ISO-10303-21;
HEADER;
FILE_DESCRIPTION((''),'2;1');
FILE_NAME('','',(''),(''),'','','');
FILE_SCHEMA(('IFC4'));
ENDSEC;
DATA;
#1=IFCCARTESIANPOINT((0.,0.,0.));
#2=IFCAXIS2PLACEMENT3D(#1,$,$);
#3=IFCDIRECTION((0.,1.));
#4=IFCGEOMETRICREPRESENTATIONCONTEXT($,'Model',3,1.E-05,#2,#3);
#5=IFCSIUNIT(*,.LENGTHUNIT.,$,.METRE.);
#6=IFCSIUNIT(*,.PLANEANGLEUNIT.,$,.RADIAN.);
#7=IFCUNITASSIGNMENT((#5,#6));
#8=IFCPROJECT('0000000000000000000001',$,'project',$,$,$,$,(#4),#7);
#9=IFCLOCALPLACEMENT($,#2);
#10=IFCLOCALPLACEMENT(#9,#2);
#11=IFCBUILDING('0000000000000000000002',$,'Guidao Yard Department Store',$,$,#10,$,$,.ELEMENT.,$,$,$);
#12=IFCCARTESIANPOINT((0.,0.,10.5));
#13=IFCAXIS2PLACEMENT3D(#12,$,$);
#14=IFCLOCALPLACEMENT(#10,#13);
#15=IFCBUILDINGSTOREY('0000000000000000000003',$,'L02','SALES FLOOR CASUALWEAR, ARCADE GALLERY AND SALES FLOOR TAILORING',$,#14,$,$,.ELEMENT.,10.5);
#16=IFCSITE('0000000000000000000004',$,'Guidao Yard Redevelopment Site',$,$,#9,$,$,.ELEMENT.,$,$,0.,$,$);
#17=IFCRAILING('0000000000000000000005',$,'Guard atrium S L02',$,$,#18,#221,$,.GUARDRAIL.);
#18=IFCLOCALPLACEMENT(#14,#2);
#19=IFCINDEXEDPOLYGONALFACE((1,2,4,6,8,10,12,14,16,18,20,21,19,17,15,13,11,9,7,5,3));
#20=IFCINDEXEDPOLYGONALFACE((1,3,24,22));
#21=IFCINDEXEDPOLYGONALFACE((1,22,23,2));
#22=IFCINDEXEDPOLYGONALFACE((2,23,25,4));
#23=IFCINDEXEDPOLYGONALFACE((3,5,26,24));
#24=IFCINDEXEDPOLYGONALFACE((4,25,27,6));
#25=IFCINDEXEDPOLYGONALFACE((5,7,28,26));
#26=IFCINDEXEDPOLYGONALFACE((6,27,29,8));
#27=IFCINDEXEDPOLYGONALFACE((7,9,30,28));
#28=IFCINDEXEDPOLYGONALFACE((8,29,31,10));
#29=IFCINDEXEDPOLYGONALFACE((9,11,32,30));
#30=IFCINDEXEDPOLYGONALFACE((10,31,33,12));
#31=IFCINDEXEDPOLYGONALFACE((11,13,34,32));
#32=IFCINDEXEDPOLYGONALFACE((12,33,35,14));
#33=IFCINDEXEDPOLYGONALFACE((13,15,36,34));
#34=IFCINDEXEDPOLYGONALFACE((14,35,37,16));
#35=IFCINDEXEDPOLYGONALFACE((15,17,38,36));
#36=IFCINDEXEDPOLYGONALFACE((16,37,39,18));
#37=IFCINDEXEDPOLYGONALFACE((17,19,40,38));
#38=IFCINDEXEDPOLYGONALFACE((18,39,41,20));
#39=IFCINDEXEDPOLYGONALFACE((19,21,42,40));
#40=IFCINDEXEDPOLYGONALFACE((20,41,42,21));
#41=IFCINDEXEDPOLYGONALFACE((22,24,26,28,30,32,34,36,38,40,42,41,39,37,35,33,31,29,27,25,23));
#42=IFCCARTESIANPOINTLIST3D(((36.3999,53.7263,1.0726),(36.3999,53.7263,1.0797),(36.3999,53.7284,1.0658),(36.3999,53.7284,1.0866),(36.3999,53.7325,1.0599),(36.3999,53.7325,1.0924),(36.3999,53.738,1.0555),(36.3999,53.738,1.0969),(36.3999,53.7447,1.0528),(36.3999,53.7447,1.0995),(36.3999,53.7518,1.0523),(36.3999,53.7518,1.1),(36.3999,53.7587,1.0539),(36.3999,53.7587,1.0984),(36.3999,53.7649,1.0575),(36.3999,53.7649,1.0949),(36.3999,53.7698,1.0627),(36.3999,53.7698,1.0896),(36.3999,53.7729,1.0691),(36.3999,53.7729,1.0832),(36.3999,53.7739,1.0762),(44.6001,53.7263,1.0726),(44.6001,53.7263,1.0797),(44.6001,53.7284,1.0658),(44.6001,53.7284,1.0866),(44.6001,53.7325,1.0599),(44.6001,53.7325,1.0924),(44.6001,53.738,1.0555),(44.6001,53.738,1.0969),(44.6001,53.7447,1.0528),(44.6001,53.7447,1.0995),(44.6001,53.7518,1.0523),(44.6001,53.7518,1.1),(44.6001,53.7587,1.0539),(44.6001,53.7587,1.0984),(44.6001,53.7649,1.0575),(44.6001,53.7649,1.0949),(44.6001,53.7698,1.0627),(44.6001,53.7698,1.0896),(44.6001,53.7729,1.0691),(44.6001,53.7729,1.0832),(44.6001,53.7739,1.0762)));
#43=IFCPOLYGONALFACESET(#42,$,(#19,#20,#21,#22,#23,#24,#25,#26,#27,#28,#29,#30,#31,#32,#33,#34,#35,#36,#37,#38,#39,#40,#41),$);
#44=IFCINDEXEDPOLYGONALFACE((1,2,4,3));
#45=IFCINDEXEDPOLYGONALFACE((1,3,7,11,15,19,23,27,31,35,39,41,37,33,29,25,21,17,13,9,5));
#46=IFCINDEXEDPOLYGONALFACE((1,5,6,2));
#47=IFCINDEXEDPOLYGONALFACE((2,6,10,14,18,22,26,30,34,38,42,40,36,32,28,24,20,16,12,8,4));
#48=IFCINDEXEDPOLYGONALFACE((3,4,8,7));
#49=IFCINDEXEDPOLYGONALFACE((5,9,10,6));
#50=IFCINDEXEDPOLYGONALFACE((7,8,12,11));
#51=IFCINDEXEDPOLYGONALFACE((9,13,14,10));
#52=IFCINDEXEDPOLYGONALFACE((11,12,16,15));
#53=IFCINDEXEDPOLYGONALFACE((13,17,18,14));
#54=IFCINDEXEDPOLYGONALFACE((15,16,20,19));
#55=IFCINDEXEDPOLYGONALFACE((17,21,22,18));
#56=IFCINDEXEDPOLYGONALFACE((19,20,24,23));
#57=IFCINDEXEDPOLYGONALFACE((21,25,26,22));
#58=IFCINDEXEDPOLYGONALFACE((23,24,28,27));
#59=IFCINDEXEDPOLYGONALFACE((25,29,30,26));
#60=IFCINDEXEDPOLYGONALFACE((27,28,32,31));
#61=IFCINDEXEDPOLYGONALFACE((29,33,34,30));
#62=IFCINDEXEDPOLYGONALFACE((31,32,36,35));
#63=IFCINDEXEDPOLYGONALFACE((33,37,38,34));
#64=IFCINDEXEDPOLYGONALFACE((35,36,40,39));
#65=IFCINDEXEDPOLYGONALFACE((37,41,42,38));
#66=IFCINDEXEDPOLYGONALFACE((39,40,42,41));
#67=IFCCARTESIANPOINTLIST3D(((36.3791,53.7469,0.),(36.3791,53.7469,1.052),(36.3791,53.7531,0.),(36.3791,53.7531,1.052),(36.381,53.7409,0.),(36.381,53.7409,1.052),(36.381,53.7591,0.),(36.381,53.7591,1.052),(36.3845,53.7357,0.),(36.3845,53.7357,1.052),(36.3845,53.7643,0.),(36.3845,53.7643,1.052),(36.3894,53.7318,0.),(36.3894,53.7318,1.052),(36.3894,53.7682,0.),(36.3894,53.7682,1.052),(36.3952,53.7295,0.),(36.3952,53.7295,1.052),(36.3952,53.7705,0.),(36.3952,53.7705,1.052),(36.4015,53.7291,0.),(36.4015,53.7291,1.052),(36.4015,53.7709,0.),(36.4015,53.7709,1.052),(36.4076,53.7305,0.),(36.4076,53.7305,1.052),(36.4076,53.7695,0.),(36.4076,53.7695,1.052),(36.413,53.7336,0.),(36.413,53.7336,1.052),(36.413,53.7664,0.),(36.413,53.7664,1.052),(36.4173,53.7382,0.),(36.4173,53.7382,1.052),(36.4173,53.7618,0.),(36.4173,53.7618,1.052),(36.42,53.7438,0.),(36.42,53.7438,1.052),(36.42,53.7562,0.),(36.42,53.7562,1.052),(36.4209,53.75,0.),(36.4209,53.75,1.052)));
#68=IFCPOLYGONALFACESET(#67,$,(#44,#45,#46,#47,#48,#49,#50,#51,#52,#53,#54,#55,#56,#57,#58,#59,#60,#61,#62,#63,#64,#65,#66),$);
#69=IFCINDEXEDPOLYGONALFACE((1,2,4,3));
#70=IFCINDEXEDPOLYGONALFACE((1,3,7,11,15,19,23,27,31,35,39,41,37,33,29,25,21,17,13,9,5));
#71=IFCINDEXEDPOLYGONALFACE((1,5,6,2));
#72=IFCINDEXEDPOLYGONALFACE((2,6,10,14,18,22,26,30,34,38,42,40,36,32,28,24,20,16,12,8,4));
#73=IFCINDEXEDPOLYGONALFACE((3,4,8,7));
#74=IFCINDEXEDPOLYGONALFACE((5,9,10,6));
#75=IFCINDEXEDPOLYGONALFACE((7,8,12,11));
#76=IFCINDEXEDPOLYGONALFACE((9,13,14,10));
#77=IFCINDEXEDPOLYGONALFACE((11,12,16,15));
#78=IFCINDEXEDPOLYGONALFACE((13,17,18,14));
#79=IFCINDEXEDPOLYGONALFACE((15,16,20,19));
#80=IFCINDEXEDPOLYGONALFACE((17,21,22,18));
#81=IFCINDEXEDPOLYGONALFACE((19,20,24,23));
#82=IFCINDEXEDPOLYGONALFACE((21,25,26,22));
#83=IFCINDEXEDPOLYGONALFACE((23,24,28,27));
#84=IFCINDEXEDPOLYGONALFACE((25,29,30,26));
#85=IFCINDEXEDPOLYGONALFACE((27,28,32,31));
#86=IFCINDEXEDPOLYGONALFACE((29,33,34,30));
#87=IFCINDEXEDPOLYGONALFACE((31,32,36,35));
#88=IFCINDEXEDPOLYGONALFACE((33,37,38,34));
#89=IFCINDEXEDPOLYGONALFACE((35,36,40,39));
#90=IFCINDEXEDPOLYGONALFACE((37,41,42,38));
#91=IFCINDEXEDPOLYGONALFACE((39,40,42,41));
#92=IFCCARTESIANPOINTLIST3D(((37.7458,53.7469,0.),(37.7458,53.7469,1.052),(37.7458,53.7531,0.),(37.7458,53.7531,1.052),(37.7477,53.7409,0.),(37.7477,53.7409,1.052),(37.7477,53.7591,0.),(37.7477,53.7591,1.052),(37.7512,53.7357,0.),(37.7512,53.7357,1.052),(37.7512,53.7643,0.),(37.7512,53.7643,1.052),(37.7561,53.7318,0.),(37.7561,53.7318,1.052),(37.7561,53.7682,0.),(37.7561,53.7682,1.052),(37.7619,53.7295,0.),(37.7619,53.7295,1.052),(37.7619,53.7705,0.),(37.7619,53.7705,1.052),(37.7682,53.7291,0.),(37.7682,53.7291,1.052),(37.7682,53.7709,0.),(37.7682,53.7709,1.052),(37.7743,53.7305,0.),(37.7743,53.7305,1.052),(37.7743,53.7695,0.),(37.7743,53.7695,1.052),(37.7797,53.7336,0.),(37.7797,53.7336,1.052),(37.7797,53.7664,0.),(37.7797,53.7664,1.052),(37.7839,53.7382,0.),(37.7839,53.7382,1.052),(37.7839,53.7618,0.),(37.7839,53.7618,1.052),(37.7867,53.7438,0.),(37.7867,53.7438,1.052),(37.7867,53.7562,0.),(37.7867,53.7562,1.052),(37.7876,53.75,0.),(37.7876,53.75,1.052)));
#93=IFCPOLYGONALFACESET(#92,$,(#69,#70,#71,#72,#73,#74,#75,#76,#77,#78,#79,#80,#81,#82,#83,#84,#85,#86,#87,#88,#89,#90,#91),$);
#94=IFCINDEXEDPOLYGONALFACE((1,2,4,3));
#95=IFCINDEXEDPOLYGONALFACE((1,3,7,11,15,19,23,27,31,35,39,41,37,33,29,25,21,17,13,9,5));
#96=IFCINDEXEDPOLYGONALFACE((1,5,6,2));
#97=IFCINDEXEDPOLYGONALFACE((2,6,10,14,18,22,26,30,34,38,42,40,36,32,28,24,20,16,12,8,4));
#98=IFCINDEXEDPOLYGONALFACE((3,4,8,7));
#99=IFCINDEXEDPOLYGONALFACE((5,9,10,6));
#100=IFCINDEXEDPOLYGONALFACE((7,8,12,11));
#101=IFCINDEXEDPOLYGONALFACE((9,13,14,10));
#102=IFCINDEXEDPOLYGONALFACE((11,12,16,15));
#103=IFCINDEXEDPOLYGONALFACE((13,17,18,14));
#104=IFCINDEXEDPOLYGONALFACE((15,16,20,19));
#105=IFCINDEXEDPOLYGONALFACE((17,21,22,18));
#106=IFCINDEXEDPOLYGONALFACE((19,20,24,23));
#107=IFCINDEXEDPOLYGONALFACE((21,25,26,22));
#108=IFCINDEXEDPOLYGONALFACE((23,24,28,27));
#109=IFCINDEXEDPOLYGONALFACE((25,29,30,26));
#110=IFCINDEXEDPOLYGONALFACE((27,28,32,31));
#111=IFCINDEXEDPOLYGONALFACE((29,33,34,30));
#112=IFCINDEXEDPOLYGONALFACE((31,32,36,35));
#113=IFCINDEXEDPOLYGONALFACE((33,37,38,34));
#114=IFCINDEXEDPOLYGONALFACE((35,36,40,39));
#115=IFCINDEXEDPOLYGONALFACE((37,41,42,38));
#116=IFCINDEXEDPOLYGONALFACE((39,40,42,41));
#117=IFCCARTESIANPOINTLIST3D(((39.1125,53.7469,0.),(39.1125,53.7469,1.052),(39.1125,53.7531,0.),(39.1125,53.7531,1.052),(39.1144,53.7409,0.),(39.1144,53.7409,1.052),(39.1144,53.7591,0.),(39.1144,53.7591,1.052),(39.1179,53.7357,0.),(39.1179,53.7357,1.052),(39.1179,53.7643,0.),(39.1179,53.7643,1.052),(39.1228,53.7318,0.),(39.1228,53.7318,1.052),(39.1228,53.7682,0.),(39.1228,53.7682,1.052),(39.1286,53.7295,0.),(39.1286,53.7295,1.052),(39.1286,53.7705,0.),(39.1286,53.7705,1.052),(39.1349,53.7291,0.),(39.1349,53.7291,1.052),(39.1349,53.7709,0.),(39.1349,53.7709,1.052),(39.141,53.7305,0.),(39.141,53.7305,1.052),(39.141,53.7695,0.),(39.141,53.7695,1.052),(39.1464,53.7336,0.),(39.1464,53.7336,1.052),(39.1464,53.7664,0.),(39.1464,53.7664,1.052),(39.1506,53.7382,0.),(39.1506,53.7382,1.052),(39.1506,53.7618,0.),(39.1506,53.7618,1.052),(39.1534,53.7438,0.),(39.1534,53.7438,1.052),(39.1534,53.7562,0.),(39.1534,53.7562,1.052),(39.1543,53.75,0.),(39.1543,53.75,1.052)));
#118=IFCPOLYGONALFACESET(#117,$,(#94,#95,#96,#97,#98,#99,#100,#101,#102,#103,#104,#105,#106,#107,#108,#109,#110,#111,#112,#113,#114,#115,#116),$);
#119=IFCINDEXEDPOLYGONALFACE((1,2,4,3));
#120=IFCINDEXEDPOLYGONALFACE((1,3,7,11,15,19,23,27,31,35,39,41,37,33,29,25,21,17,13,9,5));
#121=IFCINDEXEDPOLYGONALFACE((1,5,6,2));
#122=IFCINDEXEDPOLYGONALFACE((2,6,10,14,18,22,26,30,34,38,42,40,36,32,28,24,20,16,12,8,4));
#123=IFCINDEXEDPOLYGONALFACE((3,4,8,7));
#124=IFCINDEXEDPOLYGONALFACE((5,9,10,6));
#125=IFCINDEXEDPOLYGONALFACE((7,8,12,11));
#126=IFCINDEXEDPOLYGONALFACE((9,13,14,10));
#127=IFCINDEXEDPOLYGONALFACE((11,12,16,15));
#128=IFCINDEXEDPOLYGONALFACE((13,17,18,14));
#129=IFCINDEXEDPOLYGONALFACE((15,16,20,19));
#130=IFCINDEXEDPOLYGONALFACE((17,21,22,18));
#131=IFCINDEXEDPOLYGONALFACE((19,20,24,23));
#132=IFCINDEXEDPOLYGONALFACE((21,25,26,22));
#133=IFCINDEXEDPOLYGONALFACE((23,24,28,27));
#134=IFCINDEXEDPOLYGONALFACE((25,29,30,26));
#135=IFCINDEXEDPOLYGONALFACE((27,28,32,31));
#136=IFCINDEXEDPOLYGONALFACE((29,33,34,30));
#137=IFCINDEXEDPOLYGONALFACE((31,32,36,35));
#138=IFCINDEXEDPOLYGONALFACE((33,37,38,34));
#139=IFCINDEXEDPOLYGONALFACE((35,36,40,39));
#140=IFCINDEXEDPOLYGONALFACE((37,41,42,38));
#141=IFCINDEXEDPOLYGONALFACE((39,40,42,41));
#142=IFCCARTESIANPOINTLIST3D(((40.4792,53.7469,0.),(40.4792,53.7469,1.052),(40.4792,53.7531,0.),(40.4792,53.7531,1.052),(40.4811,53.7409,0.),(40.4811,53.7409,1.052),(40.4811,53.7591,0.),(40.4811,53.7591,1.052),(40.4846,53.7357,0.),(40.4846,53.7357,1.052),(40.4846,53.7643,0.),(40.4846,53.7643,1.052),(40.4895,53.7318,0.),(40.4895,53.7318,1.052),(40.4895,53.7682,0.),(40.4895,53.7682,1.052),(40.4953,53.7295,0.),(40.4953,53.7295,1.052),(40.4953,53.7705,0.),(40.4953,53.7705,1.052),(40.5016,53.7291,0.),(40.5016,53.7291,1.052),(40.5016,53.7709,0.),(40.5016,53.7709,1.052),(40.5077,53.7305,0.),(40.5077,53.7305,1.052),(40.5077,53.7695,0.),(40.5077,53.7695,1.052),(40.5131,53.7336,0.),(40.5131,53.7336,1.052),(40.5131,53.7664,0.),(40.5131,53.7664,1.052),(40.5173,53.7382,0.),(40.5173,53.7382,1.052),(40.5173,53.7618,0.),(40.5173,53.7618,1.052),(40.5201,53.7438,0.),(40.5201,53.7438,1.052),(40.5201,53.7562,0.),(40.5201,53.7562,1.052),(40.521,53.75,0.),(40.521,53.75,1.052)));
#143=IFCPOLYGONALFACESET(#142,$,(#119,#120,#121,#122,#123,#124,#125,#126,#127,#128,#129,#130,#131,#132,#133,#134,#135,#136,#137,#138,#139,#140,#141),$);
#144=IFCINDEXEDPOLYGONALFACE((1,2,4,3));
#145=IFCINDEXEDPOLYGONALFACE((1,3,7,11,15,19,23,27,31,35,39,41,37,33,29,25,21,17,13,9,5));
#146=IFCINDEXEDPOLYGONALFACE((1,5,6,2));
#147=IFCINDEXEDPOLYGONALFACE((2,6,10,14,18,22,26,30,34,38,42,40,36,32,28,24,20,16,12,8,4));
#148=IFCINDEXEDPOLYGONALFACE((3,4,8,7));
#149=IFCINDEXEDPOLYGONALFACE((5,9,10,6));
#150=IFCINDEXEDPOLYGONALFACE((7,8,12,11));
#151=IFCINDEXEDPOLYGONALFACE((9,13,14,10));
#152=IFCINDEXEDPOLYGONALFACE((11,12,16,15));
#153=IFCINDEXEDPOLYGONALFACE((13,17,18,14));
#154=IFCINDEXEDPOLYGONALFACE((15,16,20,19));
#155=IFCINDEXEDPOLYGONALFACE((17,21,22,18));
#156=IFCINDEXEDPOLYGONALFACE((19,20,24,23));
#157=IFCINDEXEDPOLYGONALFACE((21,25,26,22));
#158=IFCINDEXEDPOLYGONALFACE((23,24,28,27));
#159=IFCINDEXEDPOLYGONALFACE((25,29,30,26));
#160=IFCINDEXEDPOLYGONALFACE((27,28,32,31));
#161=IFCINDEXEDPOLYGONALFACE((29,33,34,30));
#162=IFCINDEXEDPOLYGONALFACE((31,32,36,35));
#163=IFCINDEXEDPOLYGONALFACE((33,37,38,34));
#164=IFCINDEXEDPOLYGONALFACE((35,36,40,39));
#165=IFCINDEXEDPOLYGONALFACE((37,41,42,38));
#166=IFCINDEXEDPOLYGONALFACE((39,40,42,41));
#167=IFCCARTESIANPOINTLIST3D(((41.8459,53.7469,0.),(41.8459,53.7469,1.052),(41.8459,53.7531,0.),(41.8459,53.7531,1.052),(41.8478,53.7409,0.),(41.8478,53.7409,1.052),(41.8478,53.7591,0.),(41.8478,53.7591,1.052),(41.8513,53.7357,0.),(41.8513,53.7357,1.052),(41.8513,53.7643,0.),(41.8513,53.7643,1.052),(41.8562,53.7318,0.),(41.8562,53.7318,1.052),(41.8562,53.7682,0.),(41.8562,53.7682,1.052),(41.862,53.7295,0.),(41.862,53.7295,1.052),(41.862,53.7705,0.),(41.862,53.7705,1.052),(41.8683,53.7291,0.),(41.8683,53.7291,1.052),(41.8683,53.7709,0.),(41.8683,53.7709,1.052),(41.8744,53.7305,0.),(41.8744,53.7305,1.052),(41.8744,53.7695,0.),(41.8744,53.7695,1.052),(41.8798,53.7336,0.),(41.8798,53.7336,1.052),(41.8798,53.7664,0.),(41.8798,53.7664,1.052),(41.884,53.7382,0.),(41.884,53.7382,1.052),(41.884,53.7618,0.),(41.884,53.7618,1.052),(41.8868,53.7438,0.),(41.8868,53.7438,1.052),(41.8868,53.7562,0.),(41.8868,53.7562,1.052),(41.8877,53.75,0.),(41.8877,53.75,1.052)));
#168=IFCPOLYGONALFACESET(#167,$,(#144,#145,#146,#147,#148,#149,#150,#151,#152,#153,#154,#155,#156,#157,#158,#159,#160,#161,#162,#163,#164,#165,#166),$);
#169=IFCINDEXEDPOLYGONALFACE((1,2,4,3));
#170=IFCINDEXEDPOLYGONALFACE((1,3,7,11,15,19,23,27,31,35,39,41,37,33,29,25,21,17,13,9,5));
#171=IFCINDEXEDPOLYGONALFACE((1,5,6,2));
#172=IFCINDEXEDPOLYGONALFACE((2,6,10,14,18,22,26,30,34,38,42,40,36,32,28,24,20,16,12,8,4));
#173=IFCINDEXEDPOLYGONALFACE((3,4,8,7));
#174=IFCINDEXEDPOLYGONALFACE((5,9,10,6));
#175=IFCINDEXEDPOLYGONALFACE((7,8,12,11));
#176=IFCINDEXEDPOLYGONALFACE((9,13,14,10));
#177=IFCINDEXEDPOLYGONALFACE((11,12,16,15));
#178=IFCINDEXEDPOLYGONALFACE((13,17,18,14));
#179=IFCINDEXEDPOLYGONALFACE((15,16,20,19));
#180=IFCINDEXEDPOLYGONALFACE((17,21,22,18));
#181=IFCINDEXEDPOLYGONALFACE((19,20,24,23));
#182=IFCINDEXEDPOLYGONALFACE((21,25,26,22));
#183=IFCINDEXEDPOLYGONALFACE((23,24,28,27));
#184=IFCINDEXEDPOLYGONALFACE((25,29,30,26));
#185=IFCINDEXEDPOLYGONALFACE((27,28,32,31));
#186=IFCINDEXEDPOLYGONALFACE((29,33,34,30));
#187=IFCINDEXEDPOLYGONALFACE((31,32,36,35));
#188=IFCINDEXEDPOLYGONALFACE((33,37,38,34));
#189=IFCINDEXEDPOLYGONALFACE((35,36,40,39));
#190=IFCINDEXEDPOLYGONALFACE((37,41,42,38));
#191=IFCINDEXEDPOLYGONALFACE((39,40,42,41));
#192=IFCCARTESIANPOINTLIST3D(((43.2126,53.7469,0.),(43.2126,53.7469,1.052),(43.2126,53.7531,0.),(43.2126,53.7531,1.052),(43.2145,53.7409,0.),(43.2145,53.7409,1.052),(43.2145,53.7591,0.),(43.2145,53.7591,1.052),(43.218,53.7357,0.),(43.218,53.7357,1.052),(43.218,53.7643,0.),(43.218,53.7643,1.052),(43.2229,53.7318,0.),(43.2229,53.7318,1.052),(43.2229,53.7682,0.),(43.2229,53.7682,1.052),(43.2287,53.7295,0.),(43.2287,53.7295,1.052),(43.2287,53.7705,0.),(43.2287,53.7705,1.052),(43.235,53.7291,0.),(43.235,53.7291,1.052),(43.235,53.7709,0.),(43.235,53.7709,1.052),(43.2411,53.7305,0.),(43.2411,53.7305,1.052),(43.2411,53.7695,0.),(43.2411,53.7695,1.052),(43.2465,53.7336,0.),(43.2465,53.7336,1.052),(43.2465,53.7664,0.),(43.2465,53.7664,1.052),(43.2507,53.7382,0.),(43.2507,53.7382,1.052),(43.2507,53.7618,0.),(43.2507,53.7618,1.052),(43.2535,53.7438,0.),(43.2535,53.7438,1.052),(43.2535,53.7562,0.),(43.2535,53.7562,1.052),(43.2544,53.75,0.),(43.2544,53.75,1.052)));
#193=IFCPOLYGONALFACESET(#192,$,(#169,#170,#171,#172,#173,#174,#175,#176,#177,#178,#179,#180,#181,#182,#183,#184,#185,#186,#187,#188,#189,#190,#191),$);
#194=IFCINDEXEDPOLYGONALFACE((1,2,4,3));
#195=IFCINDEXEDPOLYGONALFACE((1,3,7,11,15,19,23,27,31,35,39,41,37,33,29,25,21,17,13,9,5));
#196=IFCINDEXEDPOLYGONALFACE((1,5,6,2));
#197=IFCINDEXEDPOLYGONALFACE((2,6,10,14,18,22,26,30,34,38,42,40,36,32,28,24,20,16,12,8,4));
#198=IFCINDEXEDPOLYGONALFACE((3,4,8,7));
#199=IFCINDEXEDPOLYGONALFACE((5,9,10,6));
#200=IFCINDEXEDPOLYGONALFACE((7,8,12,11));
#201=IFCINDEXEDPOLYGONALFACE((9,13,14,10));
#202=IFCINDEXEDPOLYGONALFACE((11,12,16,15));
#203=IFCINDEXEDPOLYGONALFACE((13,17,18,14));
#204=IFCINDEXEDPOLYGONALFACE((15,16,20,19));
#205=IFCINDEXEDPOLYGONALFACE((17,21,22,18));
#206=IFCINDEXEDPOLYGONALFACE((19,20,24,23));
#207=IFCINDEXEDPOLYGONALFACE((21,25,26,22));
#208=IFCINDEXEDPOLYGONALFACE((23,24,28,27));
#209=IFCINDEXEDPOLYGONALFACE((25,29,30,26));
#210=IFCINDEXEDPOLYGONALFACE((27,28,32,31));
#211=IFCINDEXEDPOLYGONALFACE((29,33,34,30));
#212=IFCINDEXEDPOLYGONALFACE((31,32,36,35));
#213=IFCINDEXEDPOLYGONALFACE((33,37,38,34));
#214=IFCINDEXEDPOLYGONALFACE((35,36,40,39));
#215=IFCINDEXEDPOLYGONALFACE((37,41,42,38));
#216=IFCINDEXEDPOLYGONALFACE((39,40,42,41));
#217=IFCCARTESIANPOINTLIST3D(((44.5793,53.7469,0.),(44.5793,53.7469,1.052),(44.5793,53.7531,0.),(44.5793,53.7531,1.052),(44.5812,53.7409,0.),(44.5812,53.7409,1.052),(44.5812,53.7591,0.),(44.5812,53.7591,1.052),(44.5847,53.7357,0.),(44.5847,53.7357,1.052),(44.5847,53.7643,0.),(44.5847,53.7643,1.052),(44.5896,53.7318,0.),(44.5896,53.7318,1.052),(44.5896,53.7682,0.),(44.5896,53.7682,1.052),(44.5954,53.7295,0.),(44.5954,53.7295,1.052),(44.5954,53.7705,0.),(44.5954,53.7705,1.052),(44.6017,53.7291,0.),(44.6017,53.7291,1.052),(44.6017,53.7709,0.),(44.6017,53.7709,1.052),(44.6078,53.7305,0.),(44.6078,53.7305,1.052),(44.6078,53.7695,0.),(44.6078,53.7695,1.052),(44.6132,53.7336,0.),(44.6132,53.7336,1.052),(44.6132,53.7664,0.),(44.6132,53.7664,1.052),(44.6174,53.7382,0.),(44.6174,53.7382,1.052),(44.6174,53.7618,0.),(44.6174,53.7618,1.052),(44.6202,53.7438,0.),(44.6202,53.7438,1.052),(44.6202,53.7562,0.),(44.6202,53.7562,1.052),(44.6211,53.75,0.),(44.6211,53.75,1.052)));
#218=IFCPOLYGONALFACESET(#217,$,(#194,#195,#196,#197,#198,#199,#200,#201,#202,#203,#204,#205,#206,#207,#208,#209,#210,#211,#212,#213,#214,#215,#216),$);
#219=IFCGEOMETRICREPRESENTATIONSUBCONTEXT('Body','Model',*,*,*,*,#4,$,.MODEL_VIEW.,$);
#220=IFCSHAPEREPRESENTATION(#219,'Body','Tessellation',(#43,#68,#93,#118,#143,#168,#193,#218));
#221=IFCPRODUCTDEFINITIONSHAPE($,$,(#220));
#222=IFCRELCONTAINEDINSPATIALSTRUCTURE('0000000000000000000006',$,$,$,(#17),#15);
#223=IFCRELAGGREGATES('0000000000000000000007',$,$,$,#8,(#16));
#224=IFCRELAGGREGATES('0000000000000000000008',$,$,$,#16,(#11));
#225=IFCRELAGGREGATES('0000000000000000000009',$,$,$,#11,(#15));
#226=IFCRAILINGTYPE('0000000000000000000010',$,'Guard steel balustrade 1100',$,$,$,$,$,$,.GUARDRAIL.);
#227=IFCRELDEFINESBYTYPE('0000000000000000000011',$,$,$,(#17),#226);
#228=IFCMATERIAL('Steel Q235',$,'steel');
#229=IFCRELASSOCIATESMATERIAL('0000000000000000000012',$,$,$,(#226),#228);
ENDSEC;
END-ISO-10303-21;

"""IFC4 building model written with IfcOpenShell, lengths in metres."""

from ifc_helpers import new_model, si_unit, direction, frame, origin, origin_2d, place, context, subcontext, project, spatial, circle, extrude, material, type_object, element, save


model = new_model("IFC4")

# Units and contexts
model_context = context("Model", 3, precision=1e-05, world=origin(), true_north=direction((0.0, 1.0)))
body_context = subcontext(model_context, "Body", "Model", "MODEL_VIEW")
ifc_project = project(units=[si_unit("LENGTHUNIT", "METRE"), si_unit("PLANEANGLEUNIT", "RADIAN")], contexts=[model_context])

# Site, building, storey
site_placement = place(None, origin())
site = spatial("IfcSite", under=ifc_project, at=site_placement, Name="Guidao Yard Redevelopment Site", CompositionType="ELEMENT", RefElevation=0.0)
building_placement = place(site_placement, origin())
building = spatial("IfcBuilding", under=site, at=building_placement, Name="Guidao Yard Department Store", CompositionType="ELEMENT")
storey_placement = place(building_placement, frame((0.0, 0.0, 10.5)))
storey = spatial("IfcBuildingStorey", under=building, at=storey_placement, Name="L02", Description="SALES FLOOR CASUALWEAR, ARCADE GALLERY AND SALES FLOOR TAILORING", CompositionType="ELEMENT", Elevation=10.5)

# Railing
ifc_material_1 = material(Name="Steel Q235", Category="steel")
railing_type = type_object("IfcRailingType", Name="Guard steel balustrade 1100", PredefinedType="GUARDRAIL", material=ifc_material_1)
railing_placement = place(storey_placement, frame((36.3999, 53.75, 0.0)))
element("IfcRailing", 1, at=railing_placement, inside=storey, type_object=railing_type, Name="Guard atrium S L02", PredefinedType="GUARDRAIL", context=body_context, shape_type="SweptSolid", body=[
    extrude(circle(Radius=0.0239, at=origin_2d()), frame((0.0, 0.0, 1.0762), z_axis=(1.0, 0.0, 0.0), x_axis=(0.0, 1.0, 0.0)), (0.0, 0.0, 1.0), 8.2002),
    extrude(circle(Radius=0.021, at=origin_2d()), origin(), (0.0, 0.0, 1.0), 1.052),
    extrude(circle(Radius=0.021, at=origin_2d()), frame((1.3667, 0.0, 0.0)), (0.0, 0.0, 1.0), 1.052),
    extrude(circle(Radius=0.021, at=origin_2d()), frame((2.7334, 0.0, 0.0)), (0.0, 0.0, 1.0), 1.052),
    extrude(circle(Radius=0.021, at=origin_2d()), frame((4.1001, 0.0, 0.0)), (0.0, 0.0, 1.0), 1.052),
    extrude(circle(Radius=0.021, at=origin_2d()), frame((5.4668, 0.0, 0.0)), (0.0, 0.0, 1.0), 1.052),
    extrude(circle(Radius=0.021, at=origin_2d()), frame((6.8335, 0.0, 0.0)), (0.0, 0.0, 1.0), 1.052),
    extrude(circle(Radius=0.021, at=origin_2d()), frame((8.2002, 0.0, 0.0)), (0.0, 0.0, 1.0), 1.052),
])

save(model, "model.ifc")
